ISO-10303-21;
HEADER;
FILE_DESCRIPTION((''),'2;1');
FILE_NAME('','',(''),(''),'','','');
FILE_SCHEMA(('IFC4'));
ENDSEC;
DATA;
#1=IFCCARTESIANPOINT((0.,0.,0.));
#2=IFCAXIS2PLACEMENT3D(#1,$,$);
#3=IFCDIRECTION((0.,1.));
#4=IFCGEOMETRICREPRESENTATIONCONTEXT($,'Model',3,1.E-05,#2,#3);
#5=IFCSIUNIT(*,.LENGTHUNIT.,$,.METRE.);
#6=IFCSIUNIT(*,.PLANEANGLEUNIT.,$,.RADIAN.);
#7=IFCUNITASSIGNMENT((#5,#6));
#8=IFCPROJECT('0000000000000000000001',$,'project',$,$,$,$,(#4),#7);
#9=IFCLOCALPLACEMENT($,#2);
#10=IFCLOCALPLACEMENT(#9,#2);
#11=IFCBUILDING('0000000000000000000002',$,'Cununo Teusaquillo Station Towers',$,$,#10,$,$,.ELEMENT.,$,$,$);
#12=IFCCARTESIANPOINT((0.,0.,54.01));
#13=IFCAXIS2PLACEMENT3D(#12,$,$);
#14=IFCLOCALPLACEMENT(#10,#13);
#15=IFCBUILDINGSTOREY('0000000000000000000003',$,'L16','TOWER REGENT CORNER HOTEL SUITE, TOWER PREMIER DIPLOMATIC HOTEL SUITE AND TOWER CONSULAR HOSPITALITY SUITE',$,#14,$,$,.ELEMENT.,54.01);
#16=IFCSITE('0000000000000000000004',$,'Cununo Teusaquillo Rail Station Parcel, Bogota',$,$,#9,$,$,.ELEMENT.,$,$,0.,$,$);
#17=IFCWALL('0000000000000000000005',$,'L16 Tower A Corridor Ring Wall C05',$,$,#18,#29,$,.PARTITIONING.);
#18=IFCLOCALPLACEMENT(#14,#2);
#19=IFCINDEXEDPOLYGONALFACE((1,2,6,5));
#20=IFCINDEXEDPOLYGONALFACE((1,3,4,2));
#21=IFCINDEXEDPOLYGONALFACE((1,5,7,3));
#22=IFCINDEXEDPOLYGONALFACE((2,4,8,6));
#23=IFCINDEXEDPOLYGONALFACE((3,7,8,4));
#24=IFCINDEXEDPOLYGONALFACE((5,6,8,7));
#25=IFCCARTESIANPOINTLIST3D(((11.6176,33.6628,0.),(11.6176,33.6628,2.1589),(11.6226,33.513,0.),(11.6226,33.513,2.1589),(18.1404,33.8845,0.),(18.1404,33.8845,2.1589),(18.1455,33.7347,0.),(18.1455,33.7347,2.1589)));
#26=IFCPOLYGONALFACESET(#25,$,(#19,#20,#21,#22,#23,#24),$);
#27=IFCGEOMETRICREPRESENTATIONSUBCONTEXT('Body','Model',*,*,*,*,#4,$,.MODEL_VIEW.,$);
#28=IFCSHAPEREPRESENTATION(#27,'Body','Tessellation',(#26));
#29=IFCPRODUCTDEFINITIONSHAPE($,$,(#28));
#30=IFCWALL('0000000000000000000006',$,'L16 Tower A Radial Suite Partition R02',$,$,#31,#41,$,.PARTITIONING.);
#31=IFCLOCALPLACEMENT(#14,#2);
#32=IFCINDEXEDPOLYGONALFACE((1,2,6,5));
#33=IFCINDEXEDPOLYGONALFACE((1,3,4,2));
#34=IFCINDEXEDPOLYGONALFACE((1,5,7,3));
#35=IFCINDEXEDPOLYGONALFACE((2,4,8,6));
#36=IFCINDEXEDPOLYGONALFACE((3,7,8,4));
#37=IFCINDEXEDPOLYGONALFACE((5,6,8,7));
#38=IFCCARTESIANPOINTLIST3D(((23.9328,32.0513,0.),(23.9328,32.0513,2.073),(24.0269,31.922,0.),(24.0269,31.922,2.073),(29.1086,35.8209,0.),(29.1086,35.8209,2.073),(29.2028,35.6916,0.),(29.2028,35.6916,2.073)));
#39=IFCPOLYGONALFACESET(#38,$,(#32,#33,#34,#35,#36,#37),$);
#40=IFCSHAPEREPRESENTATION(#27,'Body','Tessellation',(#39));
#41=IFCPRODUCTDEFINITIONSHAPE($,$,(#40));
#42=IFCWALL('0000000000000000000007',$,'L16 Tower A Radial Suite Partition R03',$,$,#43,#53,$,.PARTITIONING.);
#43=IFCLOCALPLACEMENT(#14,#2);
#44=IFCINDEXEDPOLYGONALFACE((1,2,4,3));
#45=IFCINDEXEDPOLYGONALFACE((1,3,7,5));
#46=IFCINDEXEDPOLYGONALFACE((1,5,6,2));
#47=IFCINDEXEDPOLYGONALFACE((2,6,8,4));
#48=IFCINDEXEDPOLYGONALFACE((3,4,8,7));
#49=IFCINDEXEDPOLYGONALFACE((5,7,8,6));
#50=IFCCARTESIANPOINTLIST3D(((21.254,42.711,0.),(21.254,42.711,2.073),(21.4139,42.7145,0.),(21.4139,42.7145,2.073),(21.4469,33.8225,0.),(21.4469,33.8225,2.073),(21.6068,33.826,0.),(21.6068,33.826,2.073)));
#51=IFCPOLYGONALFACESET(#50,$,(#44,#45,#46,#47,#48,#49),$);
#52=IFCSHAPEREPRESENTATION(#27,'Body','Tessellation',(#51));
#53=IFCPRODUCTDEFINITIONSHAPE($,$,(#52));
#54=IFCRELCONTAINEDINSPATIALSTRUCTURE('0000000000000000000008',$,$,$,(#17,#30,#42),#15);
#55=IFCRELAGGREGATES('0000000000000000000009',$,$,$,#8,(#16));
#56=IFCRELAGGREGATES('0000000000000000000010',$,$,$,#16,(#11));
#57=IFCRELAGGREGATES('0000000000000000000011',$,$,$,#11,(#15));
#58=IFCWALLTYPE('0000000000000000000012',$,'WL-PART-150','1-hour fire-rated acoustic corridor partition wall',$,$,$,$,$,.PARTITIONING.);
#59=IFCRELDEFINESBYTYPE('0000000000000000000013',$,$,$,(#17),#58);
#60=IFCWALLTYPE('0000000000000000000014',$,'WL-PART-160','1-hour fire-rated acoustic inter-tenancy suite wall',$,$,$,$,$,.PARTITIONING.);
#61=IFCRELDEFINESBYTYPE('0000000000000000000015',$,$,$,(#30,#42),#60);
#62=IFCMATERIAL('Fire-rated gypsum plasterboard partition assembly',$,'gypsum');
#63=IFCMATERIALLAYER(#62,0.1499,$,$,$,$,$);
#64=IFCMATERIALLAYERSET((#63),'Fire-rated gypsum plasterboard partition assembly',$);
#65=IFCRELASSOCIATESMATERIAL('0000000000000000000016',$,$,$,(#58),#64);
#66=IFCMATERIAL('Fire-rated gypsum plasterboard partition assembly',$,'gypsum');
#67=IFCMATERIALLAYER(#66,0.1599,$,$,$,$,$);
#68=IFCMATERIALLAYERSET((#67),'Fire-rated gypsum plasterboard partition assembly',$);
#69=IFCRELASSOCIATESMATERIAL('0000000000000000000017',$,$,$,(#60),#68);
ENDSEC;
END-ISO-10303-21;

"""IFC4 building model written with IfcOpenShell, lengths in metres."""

from ifc_helpers import new_model, si_unit, direction, frame, frame_2d, origin, place, context, subcontext, project, spatial, rectangle, extrude, material, layer, layer_set, type_object, element, save


model = new_model("IFC4")

# Units and contexts
model_context = context("Model", 3, precision=1e-05, world=origin(), true_north=direction((0.0, 1.0)))
body_context = subcontext(model_context, "Body", "Model", "MODEL_VIEW")
ifc_project = project(units=[si_unit("LENGTHUNIT", "METRE"), si_unit("PLANEANGLEUNIT", "RADIAN")], contexts=[model_context])

# Site, building, storey
site_placement = place(None, origin())
site = spatial("IfcSite", under=ifc_project, at=site_placement, Name="Cununo Teusaquillo Rail Station Parcel, Bogota", CompositionType="ELEMENT", RefElevation=0.0)
building_placement = place(site_placement, origin())
building = spatial("IfcBuilding", under=site, at=building_placement, Name="Cununo Teusaquillo Station Towers", CompositionType="ELEMENT")
storey_placement = place(building_placement, frame((0.0, 0.0, 54.01)))
storey = spatial("IfcBuildingStorey", under=building, at=storey_placement, Name="L16", Description="TOWER REGENT CORNER HOTEL SUITE, TOWER PREMIER DIPLOMATIC HOTEL SUITE AND TOWER CONSULAR HOSPITALITY SUITE", CompositionType="ELEMENT", Elevation=54.01)

# Shared definitions
ifc_material_1 = material(Name="Fire-rated gypsum plasterboard partition assembly", Category="gypsum")
ifc_layer_1 = layer(ifc_material_1, 0.1499)
ifc_layer_set_1 = layer_set([ifc_layer_1], Name="Fire-rated gypsum plasterboard partition assembly")
wall_type_1 = type_object("IfcWallType", Name="WL-PART-150", Description="1-hour fire-rated acoustic corridor partition wall", PredefinedType="PARTITIONING", material=ifc_layer_set_1)

# Walls
wall_1_placement = place(storey_placement, frame((18.1428, 33.8096, 0.0), z_axis=(0.0, 0.0, 1.0), x_axis=(-0.999423, -0.033965, 0.0)))
element("IfcWall", 1, at=wall_1_placement, inside=storey, type_object=wall_type_1, Name="L16 Tower A Corridor Ring Wall C05", PredefinedType="PARTITIONING", context=body_context, shape_type="SweptSolid", body=[
    extrude(rectangle(XDim=6.5266, YDim=0.1499, at=frame_2d((3.2632, 0.0))), origin(), (0.0, 0.0, 1.0), 2.1589),
])
ifc_material_2 = material(Name="Fire-rated gypsum plasterboard partition assembly", Category="gypsum")
ifc_layer_2 = layer(ifc_material_2, 0.1599)
ifc_layer_set_2 = layer_set([ifc_layer_2], Name="Fire-rated gypsum plasterboard partition assembly")
wall_type_2 = type_object("IfcWallType", Name="WL-PART-160", Description="1-hour fire-rated acoustic inter-tenancy suite wall", PredefinedType="PARTITIONING", material=ifc_layer_set_2)
wall_2_placement = place(storey_placement, frame((23.9797, 31.9866, 0.0), z_axis=(0.0, 0.0, 1.0), x_axis=(0.80834, 0.588716, 0.0)))
element("IfcWall", 2, at=wall_2_placement, inside=storey, type_object=wall_type_2, Name="L16 Tower A Radial Suite Partition R02", PredefinedType="PARTITIONING", context=body_context, shape_type="SweptSolid", body=[
    extrude(rectangle(XDim=6.4031, YDim=0.1599, at=frame_2d((3.2017, 0.0))), origin(), (0.0, 0.0, 1.0), 2.073),
])
wall_3_placement = place(storey_placement, frame((21.5269, 33.8242, 0.0), z_axis=(0.0, 0.0, 1.0), x_axis=(-0.021694, 0.999765, 0.0)))
element("IfcWall", 3, at=wall_3_placement, inside=storey, type_object=wall_type_2, Name="L16 Tower A Radial Suite Partition R03", PredefinedType="PARTITIONING", context=body_context, shape_type="SweptSolid", body=[
    extrude(rectangle(XDim=8.8906, YDim=0.1599, at=frame_2d((4.4453, 0.0))), origin(), (0.0, 0.0, 1.0), 2.073),
])

save(model, "model.ifc")
